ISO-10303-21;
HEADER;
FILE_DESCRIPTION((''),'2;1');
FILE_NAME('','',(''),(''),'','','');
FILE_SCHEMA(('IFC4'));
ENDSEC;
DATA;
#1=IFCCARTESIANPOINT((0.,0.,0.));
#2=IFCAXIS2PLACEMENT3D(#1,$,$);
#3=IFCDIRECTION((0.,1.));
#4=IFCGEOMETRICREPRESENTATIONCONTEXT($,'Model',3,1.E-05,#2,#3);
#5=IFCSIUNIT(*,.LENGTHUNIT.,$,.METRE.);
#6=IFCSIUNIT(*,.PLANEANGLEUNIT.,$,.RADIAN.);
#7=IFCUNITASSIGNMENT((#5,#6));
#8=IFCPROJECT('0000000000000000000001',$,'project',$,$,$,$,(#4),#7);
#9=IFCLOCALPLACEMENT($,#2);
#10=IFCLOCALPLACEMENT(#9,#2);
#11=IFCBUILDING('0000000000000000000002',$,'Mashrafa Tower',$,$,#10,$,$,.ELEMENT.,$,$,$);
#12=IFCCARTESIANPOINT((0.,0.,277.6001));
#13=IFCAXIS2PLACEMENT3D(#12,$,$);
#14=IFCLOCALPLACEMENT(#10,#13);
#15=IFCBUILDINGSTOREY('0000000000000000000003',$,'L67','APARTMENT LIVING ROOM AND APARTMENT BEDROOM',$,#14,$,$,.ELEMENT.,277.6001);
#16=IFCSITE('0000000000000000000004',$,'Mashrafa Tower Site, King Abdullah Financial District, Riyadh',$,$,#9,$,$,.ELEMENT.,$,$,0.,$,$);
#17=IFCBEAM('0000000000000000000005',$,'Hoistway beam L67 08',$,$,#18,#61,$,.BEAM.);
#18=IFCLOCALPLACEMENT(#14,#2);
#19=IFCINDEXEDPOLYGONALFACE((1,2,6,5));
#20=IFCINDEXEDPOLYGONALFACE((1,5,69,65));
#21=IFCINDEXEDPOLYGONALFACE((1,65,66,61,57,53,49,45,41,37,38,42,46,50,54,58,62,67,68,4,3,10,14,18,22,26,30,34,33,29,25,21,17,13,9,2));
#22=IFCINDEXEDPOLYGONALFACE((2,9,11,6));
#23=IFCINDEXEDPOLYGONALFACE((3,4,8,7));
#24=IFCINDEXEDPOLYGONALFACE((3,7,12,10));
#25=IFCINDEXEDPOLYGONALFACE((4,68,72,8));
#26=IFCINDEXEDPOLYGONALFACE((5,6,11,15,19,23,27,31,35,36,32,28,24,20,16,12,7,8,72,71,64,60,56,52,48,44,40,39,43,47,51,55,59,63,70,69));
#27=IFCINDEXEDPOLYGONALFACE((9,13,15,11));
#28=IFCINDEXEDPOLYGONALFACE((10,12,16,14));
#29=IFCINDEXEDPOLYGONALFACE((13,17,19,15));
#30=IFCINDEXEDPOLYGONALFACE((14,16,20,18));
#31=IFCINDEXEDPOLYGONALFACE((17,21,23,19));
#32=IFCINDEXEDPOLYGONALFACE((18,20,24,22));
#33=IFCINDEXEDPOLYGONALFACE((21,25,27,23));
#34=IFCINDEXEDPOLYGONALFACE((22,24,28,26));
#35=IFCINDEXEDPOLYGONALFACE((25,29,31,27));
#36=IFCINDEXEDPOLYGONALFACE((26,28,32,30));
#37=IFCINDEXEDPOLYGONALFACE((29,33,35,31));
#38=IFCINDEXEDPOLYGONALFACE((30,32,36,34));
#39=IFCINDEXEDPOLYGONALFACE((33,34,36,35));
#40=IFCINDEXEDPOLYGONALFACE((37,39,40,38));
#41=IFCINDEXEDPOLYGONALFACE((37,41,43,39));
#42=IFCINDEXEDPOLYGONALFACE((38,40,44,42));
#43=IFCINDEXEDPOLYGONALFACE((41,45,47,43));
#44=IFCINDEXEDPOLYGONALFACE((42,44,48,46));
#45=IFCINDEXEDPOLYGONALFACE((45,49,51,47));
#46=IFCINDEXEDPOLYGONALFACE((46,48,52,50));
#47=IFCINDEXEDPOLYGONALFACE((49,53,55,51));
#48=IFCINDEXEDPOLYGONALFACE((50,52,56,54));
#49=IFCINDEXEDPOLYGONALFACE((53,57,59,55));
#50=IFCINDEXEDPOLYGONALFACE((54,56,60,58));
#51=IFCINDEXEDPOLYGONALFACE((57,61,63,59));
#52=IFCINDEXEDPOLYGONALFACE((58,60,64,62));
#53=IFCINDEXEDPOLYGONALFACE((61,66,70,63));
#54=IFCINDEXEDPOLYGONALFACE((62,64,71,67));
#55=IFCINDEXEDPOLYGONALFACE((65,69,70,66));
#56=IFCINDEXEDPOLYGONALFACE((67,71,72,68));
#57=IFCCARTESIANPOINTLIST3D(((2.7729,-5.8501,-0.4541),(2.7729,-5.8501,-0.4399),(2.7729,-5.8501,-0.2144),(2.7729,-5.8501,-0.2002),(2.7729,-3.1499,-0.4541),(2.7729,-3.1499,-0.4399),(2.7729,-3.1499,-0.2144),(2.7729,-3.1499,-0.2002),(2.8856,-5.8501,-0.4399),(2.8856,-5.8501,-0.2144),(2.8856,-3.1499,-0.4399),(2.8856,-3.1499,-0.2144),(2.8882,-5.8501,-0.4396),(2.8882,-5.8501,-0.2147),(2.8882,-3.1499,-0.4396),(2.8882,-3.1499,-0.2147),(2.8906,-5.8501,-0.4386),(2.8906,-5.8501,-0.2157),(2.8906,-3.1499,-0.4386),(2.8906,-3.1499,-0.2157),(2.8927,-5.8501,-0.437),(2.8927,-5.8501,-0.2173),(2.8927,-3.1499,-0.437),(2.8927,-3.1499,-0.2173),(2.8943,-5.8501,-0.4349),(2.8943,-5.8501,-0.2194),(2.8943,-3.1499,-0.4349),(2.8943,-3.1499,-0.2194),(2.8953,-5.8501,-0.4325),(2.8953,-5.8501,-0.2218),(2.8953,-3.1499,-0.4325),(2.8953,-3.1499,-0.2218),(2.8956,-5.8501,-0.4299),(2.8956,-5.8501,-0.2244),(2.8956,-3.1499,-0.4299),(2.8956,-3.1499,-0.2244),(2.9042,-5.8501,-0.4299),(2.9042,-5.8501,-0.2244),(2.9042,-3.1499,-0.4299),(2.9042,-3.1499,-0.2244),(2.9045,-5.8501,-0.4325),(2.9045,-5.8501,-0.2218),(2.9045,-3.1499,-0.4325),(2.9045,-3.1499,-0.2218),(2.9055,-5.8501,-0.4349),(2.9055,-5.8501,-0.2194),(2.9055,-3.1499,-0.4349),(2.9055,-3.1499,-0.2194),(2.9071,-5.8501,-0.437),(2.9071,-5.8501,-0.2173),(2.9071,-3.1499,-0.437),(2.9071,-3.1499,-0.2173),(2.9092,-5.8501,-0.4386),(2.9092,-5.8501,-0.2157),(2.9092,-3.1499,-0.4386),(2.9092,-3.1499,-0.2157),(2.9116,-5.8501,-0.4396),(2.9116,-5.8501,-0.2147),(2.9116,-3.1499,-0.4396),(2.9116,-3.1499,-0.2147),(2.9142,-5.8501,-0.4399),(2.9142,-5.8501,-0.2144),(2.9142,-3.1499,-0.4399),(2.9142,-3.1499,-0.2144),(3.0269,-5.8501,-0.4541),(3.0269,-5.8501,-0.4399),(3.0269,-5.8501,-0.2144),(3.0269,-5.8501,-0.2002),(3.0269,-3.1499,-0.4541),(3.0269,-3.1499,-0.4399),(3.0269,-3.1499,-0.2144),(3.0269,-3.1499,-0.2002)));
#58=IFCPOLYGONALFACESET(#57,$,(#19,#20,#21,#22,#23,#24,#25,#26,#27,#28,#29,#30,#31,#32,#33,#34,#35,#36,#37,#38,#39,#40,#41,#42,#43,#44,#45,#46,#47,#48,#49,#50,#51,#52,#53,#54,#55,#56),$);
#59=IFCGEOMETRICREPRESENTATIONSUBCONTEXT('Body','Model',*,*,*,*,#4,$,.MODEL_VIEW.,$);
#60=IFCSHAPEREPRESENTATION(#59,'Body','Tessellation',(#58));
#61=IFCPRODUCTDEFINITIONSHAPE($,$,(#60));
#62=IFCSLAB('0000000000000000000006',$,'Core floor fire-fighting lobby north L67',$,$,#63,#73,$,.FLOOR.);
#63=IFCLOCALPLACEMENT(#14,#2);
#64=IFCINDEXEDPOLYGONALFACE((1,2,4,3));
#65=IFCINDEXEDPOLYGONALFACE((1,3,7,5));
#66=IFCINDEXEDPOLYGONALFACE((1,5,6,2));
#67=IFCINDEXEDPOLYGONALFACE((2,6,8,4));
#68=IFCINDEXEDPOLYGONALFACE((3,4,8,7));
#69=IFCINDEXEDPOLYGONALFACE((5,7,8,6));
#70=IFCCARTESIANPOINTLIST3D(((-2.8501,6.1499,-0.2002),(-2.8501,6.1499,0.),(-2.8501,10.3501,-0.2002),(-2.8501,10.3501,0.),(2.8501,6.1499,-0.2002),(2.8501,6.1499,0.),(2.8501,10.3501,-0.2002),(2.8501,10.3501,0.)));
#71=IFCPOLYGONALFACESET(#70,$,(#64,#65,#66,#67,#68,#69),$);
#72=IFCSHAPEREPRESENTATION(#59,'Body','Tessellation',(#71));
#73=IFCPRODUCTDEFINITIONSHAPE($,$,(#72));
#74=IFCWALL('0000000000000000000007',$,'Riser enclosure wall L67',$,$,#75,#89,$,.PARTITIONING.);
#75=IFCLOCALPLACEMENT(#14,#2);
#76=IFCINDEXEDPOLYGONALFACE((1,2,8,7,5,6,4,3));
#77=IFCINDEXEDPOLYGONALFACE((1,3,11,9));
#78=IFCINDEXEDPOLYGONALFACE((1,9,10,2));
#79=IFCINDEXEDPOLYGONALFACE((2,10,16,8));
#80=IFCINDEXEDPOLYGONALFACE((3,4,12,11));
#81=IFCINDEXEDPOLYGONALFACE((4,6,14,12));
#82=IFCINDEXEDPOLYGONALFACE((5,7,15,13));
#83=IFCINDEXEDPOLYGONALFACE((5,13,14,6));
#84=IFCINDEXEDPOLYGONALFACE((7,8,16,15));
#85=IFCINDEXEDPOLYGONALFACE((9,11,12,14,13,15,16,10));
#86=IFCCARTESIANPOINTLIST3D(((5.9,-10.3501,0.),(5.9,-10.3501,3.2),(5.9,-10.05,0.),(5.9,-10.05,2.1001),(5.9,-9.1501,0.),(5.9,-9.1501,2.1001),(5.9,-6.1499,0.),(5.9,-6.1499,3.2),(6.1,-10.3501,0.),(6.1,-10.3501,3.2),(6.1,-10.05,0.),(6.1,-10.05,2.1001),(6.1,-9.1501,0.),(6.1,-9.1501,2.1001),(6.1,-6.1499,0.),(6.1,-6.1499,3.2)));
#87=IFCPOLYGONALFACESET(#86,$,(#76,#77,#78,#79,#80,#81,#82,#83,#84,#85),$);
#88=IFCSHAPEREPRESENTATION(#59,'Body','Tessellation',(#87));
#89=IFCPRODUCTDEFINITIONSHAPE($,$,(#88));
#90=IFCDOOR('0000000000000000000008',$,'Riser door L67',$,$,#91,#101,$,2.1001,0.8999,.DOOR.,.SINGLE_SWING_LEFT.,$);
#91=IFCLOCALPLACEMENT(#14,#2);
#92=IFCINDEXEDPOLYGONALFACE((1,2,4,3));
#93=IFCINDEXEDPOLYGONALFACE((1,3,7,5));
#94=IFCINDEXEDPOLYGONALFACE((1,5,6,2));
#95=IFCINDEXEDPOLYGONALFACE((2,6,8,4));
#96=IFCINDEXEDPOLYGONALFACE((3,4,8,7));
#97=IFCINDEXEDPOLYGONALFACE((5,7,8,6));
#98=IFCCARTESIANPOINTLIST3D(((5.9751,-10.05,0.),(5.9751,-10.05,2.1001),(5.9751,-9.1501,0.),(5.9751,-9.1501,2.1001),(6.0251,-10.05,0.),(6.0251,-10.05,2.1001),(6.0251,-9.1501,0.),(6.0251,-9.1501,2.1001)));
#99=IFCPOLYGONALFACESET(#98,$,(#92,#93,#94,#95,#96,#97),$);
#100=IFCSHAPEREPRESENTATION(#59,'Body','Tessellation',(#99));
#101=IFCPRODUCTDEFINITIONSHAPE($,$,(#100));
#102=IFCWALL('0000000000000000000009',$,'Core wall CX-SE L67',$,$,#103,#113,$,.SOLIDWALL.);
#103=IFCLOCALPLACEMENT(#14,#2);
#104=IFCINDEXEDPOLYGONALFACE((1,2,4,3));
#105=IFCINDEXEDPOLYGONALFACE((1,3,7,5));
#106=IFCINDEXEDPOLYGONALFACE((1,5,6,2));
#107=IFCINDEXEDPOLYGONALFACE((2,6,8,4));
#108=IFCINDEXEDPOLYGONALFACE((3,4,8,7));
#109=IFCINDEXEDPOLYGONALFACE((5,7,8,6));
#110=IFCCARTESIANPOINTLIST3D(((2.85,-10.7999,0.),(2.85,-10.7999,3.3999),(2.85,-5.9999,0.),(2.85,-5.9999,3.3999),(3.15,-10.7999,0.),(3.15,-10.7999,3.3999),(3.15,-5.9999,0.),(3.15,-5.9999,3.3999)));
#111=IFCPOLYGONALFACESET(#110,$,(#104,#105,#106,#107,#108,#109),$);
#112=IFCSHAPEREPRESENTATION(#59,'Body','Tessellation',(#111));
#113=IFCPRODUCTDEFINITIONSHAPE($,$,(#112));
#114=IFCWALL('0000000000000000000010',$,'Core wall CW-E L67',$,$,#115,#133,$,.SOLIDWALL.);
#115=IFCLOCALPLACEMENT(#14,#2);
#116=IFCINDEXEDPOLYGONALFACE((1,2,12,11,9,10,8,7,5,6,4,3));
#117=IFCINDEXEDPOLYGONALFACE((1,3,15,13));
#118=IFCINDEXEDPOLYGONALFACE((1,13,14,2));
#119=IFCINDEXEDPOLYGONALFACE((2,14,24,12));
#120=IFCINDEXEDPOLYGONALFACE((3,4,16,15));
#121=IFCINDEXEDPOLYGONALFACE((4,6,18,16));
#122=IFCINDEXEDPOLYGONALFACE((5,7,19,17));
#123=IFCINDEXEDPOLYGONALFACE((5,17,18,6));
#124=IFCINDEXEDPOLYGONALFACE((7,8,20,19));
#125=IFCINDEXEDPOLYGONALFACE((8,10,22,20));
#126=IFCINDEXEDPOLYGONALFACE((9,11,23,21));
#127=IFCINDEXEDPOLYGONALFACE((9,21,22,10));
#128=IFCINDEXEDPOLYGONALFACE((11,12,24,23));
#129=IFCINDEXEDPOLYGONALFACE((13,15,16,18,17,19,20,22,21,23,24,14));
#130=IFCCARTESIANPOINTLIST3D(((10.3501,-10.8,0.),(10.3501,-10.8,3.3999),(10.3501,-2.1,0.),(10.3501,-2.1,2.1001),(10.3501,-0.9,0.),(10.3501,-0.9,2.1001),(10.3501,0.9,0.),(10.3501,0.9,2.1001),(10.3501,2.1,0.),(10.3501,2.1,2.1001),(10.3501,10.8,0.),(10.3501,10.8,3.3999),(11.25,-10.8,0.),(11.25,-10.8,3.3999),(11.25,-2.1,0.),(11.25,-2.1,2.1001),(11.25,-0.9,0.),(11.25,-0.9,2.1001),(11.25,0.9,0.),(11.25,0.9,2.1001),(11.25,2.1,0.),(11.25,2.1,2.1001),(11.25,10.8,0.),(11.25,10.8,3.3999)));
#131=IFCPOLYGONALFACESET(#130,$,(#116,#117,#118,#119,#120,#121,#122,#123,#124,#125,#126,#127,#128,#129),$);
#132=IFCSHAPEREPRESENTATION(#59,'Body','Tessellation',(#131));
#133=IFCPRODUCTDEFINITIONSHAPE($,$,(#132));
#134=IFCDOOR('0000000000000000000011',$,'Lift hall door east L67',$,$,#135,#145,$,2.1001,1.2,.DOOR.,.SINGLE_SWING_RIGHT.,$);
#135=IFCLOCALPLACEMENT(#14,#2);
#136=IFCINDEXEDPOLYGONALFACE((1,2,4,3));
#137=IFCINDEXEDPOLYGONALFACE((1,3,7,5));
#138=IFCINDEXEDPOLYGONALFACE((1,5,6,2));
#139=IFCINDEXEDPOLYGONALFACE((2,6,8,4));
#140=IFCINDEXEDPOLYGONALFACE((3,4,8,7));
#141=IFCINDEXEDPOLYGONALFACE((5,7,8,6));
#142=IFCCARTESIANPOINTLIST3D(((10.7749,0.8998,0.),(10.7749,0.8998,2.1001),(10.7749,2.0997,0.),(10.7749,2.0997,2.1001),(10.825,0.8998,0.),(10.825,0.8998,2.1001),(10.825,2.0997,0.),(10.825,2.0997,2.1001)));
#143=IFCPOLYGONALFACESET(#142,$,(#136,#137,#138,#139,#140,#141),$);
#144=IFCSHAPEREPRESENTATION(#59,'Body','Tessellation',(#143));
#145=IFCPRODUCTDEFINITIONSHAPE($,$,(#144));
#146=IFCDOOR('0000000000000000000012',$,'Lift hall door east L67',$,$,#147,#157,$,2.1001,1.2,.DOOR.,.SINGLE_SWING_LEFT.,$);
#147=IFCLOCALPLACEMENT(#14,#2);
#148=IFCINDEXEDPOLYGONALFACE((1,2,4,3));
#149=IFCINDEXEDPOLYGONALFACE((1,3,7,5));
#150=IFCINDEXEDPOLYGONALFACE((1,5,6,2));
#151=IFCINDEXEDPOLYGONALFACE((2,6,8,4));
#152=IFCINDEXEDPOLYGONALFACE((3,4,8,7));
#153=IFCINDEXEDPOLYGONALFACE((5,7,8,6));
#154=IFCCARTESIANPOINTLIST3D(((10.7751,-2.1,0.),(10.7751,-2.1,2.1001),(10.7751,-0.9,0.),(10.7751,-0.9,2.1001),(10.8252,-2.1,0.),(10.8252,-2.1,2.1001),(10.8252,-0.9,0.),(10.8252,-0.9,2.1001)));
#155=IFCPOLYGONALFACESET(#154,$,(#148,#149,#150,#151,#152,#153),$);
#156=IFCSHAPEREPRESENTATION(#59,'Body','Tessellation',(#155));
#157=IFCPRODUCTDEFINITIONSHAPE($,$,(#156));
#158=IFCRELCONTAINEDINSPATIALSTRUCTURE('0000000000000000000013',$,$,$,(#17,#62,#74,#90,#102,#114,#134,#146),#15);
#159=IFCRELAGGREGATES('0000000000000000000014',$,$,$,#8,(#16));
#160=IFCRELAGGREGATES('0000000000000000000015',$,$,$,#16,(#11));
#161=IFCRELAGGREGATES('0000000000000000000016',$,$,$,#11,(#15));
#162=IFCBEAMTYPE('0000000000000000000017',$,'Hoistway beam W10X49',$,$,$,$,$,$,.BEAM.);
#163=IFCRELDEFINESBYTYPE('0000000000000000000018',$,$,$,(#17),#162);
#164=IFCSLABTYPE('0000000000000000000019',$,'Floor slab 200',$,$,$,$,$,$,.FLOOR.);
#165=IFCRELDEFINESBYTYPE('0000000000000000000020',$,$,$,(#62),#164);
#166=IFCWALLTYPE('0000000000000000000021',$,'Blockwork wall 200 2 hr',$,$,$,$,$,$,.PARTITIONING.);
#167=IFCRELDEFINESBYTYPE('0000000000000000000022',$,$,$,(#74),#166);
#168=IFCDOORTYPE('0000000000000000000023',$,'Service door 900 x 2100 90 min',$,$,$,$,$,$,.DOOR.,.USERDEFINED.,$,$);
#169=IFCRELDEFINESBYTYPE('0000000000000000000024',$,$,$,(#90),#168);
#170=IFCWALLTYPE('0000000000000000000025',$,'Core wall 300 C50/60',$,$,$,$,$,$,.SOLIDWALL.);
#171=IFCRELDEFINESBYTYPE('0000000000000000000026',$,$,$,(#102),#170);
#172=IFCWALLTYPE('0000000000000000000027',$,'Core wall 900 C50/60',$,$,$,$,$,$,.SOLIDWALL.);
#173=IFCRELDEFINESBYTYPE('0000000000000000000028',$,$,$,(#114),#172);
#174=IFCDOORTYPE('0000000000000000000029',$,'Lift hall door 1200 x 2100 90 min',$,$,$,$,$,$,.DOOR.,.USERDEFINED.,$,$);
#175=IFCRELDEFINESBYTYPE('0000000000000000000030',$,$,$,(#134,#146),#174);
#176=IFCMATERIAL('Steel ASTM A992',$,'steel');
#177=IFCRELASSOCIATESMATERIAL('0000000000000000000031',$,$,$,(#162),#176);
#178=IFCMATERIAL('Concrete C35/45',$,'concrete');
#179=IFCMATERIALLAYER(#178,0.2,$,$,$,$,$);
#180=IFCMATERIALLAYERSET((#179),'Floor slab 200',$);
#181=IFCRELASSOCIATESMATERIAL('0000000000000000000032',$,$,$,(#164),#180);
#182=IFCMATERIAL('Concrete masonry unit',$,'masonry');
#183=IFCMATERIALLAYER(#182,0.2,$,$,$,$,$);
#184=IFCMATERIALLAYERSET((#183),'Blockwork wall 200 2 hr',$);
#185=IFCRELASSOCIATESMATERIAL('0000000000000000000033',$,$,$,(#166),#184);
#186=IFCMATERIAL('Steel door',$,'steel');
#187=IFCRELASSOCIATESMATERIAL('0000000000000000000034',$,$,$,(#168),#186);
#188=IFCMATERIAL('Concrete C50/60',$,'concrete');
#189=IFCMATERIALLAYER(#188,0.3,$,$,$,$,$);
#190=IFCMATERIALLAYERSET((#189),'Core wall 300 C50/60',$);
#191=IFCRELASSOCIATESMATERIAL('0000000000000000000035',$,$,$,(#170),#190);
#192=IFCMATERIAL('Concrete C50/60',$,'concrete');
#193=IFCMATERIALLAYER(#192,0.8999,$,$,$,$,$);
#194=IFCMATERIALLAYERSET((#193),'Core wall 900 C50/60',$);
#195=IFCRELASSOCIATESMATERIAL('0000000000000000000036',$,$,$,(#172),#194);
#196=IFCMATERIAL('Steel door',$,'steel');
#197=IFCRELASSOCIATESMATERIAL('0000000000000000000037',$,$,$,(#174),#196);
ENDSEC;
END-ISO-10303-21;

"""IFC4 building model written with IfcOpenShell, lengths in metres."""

from ifc_helpers import new_model, si_unit, direction, frame, frame_2d, origin, origin_2d, place, context, subcontext, project, spatial, polyline, rectangle, i_section, outline, extrude, material, layer, layer_set, material_profile, profile_set, type_object, element, fill, save


model = new_model("IFC4")

# Units and contexts
model_context = context("Model", 3, precision=1e-05, world=origin(), true_north=direction((0.0, 1.0)))
body_context = subcontext(model_context, "Body", "Model", "MODEL_VIEW")
ifc_project = project(units=[si_unit("LENGTHUNIT", "METRE"), si_unit("PLANEANGLEUNIT", "RADIAN")], contexts=[model_context])

# Site, building, storey
site_placement = place(None, origin())
site = spatial("IfcSite", under=ifc_project, at=site_placement, Name="Mashrafa Tower Site, King Abdullah Financial District, Riyadh", CompositionType="ELEMENT", RefElevation=0.0)
building_placement = place(site_placement, origin())
building = spatial("IfcBuilding", under=site, at=building_placement, Name="Mashrafa Tower", CompositionType="ELEMENT")
storey_placement = place(building_placement, frame((0.0, 0.0, 277.6001)))
storey = spatial("IfcBuildingStorey", under=building, at=storey_placement, Name="L67", Description="APARTMENT LIVING ROOM AND APARTMENT BEDROOM", CompositionType="ELEMENT", Elevation=277.6001)

# Beam
ifc_material_1 = material(Name="Steel ASTM A992", Category="steel")
ifc_material_profile_1 = material_profile(ifc_material_1, i_section(OverallWidth=0.2539, OverallDepth=0.2539, WebThickness=0.0085, FlangeThickness=0.0142, FilletRadius=0.01, at=origin_2d()), Name="W10X49")
ifc_profile_set_1 = profile_set([ifc_material_profile_1], Name="Steel ASTM A992")
beam_type_1 = type_object("IfcBeamType", Name="Hoistway beam W10X49", PredefinedType="BEAM", material=ifc_profile_set_1)
beam_1_placement = place(storey_placement, frame((2.8999, -5.8501, -0.3271), z_axis=(0.0, 1.0, 0.0), x_axis=(-1.0, 0.0, 0.0)))
element("IfcBeam", 1, at=beam_1_placement, inside=storey, type_object=beam_type_1, Name="Hoistway beam L67 08", PredefinedType="BEAM", context=body_context, shape_type="SweptSolid", body=[
    extrude(i_section(OverallWidth=0.2539, OverallDepth=0.2539, WebThickness=0.0085, FlangeThickness=0.0142, FilletRadius=0.01, at=origin_2d()), origin(), (0.0, 0.0, 1.0), 2.7002),
])

# Slab
ifc_material_2 = material(Name="Concrete C35/45", Category="concrete")
ifc_layer_1 = layer(ifc_material_2, 0.2)
ifc_layer_set_1 = layer_set([ifc_layer_1], Name="Floor slab 200")
slab_type = type_object("IfcSlabType", Name="Floor slab 200", PredefinedType="FLOOR", material=ifc_layer_set_1)
slab_placement = place(storey_placement, frame((0.0, 0.0, -0.2002)))
element("IfcSlab", 2, at=slab_placement, inside=storey, type_object=slab_type, Name="Core floor fire-fighting lobby north L67", PredefinedType="FLOOR", context=body_context, shape_type="SweptSolid", body=[
    extrude(outline(polyline([(-2.8501, 10.3501), (2.8501, 10.3501), (2.8501, 6.1499), (-2.8501, 6.1499), (-2.8501, 10.3501)])), origin(), (0.0, 0.0, 1.0), 0.2002),
])

# Wall, opening, door
ifc_material_3 = material(Name="Concrete masonry unit", Category="masonry")
ifc_layer_2 = layer(ifc_material_3, 0.2)
ifc_layer_set_2 = layer_set([ifc_layer_2], Name="Blockwork wall 200 2 hr")
wall_type_1 = type_object("IfcWallType", Name="Blockwork wall 200 2 hr", PredefinedType="PARTITIONING", material=ifc_layer_set_2)
wall_1_placement = place(storey_placement, frame((6.0, -10.3501, 0.0), z_axis=(0.0, 0.0, 1.0), x_axis=(0.0, 1.0, 0.0)))
wall_1 = element("IfcWall", 3, at=wall_1_placement, inside=storey, type_object=wall_type_1, Name="Riser enclosure wall L67", PredefinedType="PARTITIONING", context=body_context, shape_type="SweptSolid", body=[
    extrude(rectangle(XDim=4.2002, YDim=0.2, at=frame_2d((2.1001, 0.0))), origin(), (0.0, 0.0, 1.0), 3.2),
])
opening_1_placement = place(wall_1_placement, frame((0.3, 0.0, 0.0)))
opening_1 = element("IfcOpeningElement", 4, at=opening_1_placement, cuts=wall_1, PredefinedType="OPENING", context=body_context, shape_type="SweptSolid", body=[
    extrude(rectangle(XDim=0.8999, YDim=2.1001, at=frame_2d((0.45, 1.05))), frame((0.0, 0.1099, 0.0), z_axis=(0.0, -1.0, 0.0), x_axis=(1.0, 0.0, 0.0)), (0.0, 0.0, 1.0), 0.22),
])
ifc_material_4 = material(Name="Steel door", Category="steel")
door_type_1 = type_object("IfcDoorType", Name="Service door 900 x 2100 90 min", OperationType="USERDEFINED", PredefinedType="DOOR", material=ifc_material_4)
door_1_placement = place(opening_1_placement, origin())
door_1 = element("IfcDoor", 5, at=door_1_placement, inside=storey, type_object=door_type_1, Name="Riser door L67", OperationType="SINGLE_SWING_LEFT", OverallHeight=2.1001, OverallWidth=0.8999, PredefinedType="DOOR", context=body_context, shape_type="SweptSolid", body=[
    extrude(rectangle(XDim=0.8999, YDim=2.1001, at=frame_2d((0.45, 1.05))), frame((0.0, 0.0249, 0.0), z_axis=(0.0, -1.0, 0.0), x_axis=(1.0, 0.0, 0.0)), (0.0, 0.0, 1.0), 0.05),
])
fill(opening_1, door_1)

# Wall
ifc_material_5 = material(Name="Concrete C50/60", Category="concrete")
ifc_layer_3 = layer(ifc_material_5, 0.3)
ifc_layer_set_3 = layer_set([ifc_layer_3], Name="Core wall 300 C50/60")
wall_type_2 = type_object("IfcWallType", Name="Core wall 300 C50/60", PredefinedType="SOLIDWALL", material=ifc_layer_set_3)
wall_2_placement = place(storey_placement, frame((3.0, -6.0, 0.0), z_axis=(0.0, 0.0, 1.0), x_axis=(0.0, -1.0, 0.0)))
element("IfcWall", 6, at=wall_2_placement, inside=storey, type_object=wall_type_2, Name="Core wall CX-SE L67", PredefinedType="SOLIDWALL", context=body_context, shape_type="SweptSolid", body=[
    extrude(rectangle(XDim=4.8, YDim=0.3, at=frame_2d((2.3999, 0.0))), origin(), (0.0, 0.0, 1.0), 3.3999),
])

# Wall, openings, doors
ifc_material_6 = material(Name="Concrete C50/60", Category="concrete")
ifc_layer_4 = layer(ifc_material_6, 0.8999)
ifc_layer_set_4 = layer_set([ifc_layer_4], Name="Core wall 900 C50/60")
wall_type_3 = type_object("IfcWallType", Name="Core wall 900 C50/60", PredefinedType="SOLIDWALL", material=ifc_layer_set_4)
wall_3_placement = place(storey_placement, frame((10.8, -10.8, 0.0), z_axis=(0.0, 0.0, 1.0), x_axis=(0.0, 1.0, 0.0)))
wall_3 = element("IfcWall", 7, at=wall_3_placement, inside=storey, type_object=wall_type_3, Name="Core wall CW-E L67", PredefinedType="SOLIDWALL", context=body_context, shape_type="SweptSolid", body=[
    extrude(rectangle(XDim=21.6001, YDim=0.8999, at=frame_2d((10.8, 0.0))), origin(), (0.0, 0.0, 1.0), 3.3999),
])
opening_2_placement = place(wall_3_placement, frame((11.7, 0.0, 0.0)))
opening_2 = element("IfcOpeningElement", 8, at=opening_2_placement, cuts=wall_3, PredefinedType="OPENING", context=body_context, shape_type="SweptSolid", body=[
    extrude(rectangle(XDim=1.2, YDim=2.1001, at=frame_2d((0.6001, 1.05))), frame((0.0, 0.46, 0.0), z_axis=(0.0, -1.0, 0.0), x_axis=(1.0, 0.0, 0.0)), (0.0, 0.0, 1.0), 0.9199),
])
opening_3_placement = place(wall_3_placement, frame((8.7, 0.0, 0.0)))
opening_3 = element("IfcOpeningElement", 9, at=opening_3_placement, cuts=wall_3, PredefinedType="OPENING", context=body_context, shape_type="SweptSolid", body=[
    extrude(rectangle(XDim=1.2, YDim=2.1001, at=frame_2d((0.6001, 1.05))), frame((0.0, 0.46, 0.0), z_axis=(0.0, -1.0, 0.0), x_axis=(1.0, 0.0, 0.0)), (0.0, 0.0, 1.0), 0.9199),
])
ifc_material_7 = material(Name="Steel door", Category="steel")
door_type_2 = type_object("IfcDoorType", Name="Lift hall door 1200 x 2100 90 min", OperationType="USERDEFINED", PredefinedType="DOOR", material=ifc_material_7)
door_2_placement = place(opening_2_placement, frame((1.2, 0.0, 0.0), z_axis=(0.0, 0.0, 1.0), x_axis=(-1.0, 0.0, 0.0)))
door_2 = element("IfcDoor", 10, at=door_2_placement, inside=storey, type_object=door_type_2, Name="Lift hall door east L67", OperationType="SINGLE_SWING_RIGHT", OverallHeight=2.1001, OverallWidth=1.2, PredefinedType="DOOR", context=body_context, shape_type="SweptSolid", body=[
    extrude(rectangle(XDim=1.2, YDim=2.1001, at=frame_2d((0.6001, 1.05))), frame((0.0, 0.0249, 0.0), z_axis=(0.0, -1.0, 0.0), x_axis=(1.0, 0.0, 0.0)), (0.0, 0.0, 1.0), 0.05),
])
fill(opening_2, door_2)
door_3_placement = place(opening_3_placement, origin())
door_3 = element("IfcDoor", 11, at=door_3_placement, inside=storey, type_object=door_type_2, Name="Lift hall door east L67", OperationType="SINGLE_SWING_LEFT", OverallHeight=2.1001, OverallWidth=1.2, PredefinedType="DOOR", context=body_context, shape_type="SweptSolid", body=[
    extrude(rectangle(XDim=1.2, YDim=2.1001, at=frame_2d((0.6001, 1.05))), frame((0.0, 0.0249, 0.0), z_axis=(0.0, -1.0, 0.0), x_axis=(1.0, 0.0, 0.0)), (0.0, 0.0, 1.0), 0.05),
])
fill(opening_3, door_3)

save(model, "model.ifc")
